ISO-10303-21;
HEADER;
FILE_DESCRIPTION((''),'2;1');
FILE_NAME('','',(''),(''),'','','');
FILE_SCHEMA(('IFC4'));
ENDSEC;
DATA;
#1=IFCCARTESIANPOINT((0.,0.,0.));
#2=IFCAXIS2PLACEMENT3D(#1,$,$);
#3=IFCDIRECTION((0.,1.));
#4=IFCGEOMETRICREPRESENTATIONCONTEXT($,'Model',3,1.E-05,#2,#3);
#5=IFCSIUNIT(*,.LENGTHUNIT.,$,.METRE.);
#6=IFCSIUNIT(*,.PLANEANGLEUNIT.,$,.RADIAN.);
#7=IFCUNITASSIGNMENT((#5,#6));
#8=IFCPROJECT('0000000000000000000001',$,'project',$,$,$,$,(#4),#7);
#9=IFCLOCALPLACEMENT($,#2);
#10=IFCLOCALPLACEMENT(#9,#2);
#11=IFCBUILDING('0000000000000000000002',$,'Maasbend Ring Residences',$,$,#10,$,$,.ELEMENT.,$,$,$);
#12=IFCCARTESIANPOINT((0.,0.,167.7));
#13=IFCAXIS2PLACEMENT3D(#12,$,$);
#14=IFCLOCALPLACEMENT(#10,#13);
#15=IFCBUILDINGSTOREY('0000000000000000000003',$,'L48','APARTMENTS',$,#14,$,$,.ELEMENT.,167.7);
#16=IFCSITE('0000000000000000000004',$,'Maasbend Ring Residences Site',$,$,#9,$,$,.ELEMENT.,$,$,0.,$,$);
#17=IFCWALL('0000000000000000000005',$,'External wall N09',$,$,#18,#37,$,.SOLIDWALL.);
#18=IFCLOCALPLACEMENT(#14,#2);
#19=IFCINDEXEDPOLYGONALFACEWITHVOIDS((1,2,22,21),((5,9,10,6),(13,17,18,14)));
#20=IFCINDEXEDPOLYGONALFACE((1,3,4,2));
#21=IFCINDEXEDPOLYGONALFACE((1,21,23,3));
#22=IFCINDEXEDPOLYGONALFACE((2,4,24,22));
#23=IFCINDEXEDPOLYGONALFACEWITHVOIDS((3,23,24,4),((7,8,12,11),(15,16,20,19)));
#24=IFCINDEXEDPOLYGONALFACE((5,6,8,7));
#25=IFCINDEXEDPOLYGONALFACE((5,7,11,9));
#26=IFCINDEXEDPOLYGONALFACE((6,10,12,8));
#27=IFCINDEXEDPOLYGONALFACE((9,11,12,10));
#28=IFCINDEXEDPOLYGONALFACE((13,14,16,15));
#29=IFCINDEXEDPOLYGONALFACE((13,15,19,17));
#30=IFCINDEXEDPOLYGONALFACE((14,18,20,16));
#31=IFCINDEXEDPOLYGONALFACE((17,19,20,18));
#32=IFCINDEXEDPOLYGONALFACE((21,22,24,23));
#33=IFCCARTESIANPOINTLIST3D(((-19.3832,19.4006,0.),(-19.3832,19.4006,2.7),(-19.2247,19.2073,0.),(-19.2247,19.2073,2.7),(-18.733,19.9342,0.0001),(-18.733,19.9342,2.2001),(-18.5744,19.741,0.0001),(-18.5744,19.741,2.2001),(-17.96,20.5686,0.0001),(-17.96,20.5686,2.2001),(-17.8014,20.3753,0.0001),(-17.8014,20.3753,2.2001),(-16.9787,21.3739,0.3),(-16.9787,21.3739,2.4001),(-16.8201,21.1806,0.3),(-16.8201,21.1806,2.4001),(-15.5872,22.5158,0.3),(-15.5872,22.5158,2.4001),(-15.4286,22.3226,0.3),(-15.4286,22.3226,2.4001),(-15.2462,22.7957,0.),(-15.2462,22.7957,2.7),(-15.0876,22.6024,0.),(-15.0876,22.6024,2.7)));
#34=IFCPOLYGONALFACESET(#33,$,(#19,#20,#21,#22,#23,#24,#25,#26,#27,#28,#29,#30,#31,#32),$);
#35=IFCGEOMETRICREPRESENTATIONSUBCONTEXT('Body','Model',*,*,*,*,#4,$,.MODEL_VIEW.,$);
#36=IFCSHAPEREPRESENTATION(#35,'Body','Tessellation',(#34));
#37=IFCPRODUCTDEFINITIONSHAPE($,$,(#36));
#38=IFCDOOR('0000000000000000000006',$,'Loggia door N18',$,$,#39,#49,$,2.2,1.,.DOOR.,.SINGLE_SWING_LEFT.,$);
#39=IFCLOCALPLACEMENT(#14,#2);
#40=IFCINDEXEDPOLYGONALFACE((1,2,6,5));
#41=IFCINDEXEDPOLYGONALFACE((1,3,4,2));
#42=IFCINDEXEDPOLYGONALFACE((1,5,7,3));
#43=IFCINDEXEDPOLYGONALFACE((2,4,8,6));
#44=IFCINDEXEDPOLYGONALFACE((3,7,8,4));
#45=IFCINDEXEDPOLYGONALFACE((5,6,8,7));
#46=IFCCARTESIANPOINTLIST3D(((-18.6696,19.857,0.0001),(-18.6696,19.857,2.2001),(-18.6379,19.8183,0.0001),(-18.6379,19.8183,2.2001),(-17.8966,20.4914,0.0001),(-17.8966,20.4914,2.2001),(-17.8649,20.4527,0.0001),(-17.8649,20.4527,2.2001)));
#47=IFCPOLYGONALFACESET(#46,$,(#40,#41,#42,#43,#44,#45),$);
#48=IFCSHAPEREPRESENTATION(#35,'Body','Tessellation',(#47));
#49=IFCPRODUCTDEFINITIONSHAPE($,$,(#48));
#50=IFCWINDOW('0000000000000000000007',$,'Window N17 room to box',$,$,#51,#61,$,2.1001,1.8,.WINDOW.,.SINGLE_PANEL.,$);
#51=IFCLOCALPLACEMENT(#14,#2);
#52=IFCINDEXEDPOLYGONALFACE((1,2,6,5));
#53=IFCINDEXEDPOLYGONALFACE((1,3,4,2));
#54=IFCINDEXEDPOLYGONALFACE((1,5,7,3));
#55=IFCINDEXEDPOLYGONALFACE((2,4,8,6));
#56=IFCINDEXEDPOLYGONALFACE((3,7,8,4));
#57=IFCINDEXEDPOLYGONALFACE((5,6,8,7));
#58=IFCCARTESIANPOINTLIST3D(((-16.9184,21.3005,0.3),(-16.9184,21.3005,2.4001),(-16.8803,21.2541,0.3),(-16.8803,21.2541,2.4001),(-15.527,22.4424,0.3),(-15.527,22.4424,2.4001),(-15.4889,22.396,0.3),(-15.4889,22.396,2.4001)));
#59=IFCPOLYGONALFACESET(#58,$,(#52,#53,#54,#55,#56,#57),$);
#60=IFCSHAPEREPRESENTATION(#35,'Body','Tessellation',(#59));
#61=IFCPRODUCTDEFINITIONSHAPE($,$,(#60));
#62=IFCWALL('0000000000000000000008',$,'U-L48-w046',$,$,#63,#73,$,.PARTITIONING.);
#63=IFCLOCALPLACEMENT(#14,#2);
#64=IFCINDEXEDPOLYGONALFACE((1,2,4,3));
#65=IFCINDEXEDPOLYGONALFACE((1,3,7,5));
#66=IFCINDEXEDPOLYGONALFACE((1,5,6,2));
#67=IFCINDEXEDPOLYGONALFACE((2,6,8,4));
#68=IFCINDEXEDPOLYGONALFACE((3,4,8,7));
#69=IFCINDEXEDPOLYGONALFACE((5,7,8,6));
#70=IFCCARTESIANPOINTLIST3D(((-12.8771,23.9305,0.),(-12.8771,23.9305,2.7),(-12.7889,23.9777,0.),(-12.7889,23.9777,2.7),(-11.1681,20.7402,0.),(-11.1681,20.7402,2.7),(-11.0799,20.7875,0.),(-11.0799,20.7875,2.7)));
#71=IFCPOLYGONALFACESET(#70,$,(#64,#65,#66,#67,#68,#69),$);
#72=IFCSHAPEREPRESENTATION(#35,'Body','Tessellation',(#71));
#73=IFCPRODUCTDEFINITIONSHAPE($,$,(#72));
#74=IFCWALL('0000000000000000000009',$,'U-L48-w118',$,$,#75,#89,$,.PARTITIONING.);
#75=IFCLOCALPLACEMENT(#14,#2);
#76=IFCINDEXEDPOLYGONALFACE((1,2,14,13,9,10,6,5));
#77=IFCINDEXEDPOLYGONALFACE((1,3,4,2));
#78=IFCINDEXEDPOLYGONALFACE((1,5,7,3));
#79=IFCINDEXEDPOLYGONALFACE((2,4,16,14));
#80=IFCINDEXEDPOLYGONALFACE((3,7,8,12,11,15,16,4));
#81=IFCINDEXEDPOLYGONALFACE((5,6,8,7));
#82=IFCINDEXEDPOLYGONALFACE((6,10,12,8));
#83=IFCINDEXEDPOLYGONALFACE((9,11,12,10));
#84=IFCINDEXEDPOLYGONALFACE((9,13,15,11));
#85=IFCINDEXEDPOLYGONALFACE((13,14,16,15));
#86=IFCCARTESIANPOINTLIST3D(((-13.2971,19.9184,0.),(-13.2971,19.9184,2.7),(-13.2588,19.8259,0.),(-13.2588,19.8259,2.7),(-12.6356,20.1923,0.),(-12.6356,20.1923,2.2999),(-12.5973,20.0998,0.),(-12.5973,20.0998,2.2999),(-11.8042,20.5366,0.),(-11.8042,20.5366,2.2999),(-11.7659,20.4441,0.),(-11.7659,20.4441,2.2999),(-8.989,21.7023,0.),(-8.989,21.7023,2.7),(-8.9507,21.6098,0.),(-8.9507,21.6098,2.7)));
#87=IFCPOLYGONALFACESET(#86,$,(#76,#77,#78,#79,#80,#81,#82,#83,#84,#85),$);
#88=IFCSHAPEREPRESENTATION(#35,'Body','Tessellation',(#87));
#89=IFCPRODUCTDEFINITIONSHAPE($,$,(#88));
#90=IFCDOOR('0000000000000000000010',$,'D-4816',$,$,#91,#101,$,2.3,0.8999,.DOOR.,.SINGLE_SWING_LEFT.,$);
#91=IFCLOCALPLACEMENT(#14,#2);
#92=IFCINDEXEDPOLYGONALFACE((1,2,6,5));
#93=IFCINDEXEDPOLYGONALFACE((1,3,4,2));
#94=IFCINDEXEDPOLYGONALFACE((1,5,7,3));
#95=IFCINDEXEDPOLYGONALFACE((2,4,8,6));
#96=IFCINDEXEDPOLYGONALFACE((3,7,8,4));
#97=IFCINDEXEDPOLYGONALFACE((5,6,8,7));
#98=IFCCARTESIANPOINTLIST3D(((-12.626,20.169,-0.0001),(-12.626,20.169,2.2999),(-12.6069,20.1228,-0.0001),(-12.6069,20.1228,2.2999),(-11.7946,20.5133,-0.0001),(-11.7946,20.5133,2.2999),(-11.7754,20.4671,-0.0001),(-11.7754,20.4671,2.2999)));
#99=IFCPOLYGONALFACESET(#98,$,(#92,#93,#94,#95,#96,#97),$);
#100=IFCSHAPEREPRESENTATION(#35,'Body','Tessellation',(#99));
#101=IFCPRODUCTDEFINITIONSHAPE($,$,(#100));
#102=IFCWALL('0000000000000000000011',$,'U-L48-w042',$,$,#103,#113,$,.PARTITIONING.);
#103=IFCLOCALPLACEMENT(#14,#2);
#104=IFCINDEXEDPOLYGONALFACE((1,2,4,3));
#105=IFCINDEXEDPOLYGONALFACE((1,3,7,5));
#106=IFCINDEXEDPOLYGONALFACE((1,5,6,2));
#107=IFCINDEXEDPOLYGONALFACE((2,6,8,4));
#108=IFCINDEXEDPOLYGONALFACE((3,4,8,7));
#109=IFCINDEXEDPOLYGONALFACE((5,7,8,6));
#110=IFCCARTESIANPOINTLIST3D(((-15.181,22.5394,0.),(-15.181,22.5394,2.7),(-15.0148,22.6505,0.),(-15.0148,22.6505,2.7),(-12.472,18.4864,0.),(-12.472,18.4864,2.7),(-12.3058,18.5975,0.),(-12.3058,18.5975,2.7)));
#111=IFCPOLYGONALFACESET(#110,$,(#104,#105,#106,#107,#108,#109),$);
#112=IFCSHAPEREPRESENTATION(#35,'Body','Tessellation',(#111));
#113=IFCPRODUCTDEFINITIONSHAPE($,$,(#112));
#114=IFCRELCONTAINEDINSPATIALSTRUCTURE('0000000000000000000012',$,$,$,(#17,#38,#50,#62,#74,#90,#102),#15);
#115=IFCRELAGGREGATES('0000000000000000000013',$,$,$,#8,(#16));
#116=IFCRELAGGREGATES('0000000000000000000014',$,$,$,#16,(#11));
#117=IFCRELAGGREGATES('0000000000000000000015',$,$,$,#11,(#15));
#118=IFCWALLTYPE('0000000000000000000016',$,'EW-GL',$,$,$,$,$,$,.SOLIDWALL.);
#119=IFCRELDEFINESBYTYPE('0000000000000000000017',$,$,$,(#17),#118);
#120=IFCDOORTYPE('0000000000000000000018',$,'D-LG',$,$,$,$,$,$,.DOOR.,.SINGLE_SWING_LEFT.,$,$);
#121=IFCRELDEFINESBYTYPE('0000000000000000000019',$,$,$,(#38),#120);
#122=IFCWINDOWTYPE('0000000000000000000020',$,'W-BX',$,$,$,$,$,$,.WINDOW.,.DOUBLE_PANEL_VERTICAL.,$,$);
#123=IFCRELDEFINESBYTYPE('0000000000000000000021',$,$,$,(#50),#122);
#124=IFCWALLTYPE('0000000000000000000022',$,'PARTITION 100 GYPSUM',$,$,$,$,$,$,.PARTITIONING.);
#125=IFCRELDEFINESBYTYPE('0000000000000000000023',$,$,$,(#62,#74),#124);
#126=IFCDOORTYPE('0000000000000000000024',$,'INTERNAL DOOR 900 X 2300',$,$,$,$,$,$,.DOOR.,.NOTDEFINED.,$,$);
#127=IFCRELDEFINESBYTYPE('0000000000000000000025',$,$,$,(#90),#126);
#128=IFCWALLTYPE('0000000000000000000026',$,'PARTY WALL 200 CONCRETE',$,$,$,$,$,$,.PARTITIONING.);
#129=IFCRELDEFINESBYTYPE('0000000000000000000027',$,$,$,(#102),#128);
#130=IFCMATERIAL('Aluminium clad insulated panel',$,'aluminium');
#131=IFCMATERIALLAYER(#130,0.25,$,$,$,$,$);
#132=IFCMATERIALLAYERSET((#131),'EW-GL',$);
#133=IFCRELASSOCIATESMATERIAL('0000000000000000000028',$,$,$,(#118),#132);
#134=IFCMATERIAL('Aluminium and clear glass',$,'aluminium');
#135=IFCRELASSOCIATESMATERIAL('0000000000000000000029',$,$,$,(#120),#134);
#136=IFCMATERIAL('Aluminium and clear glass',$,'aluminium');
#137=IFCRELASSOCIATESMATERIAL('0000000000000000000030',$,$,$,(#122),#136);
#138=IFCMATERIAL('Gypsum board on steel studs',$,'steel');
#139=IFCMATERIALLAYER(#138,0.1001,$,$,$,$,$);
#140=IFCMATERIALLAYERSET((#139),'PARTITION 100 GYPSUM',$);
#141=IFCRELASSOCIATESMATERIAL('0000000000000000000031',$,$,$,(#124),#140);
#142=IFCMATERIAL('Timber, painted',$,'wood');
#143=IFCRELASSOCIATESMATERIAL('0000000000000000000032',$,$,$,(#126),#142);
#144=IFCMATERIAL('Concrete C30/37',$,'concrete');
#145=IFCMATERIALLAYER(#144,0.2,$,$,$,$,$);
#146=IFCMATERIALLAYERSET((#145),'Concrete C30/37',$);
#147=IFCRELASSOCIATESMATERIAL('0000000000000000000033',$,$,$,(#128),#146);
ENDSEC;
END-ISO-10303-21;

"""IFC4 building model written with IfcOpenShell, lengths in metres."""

from ifc_helpers import new_model, si_unit, direction, frame, frame_2d, origin, place, context, subcontext, project, spatial, rectangle, extrude, material, layer, layer_set, type_object, element, fill, save


model = new_model("IFC4")

# Units and contexts
model_context = context("Model", 3, precision=1e-05, world=origin(), true_north=direction((0.0, 1.0)))
body_context = subcontext(model_context, "Body", "Model", "MODEL_VIEW")
ifc_project = project(units=[si_unit("LENGTHUNIT", "METRE"), si_unit("PLANEANGLEUNIT", "RADIAN")], contexts=[model_context])

# Site, building, storey
site_placement = place(None, origin())
site = spatial("IfcSite", under=ifc_project, at=site_placement, Name="Maasbend Ring Residences Site", CompositionType="ELEMENT", RefElevation=0.0)
building_placement = place(site_placement, origin())
building = spatial("IfcBuilding", under=site, at=building_placement, Name="Maasbend Ring Residences", CompositionType="ELEMENT")
storey_placement = place(building_placement, frame((0.0, 0.0, 167.7)))
storey = spatial("IfcBuildingStorey", under=building, at=storey_placement, Name="L48", Description="APARTMENTS", CompositionType="ELEMENT", Elevation=167.7)

# Wall, openings, door, window
ifc_material_1 = material(Name="Aluminium clad insulated panel", Category="aluminium")
ifc_layer_1 = layer(ifc_material_1, 0.25)
ifc_layer_set_1 = layer_set([ifc_layer_1], Name="EW-GL")
wall_type_1 = type_object("IfcWallType", Name="EW-GL", PredefinedType="SOLIDWALL", material=ifc_layer_set_1)
wall_1_placement = place(storey_placement, frame((-15.167, 22.699, 0.0), z_axis=(0.0, 0.0, 1.0), x_axis=(-0.773019, -0.634382, 0.0)))
wall_1 = element("IfcWall", 1, at=wall_1_placement, inside=storey, type_object=wall_type_1, Name="External wall N09", PredefinedType="SOLIDWALL", context=body_context, shape_type="SweptSolid", body=[
    extrude(rectangle(XDim=5.3518, YDim=0.25, at=frame_2d((2.6758, 0.0))), origin(), (0.0, 0.0, 1.0), 2.7),
])
opening_1_placement = place(wall_1_placement, frame((0.4412, 0.0, 0.3)))
opening_1 = element("IfcOpeningElement", 2, at=opening_1_placement, cuts=wall_1, PredefinedType="OPENING", context=body_context, shape_type="SweptSolid", body=[
    extrude(rectangle(XDim=1.8, YDim=2.1001, at=frame_2d((0.8999, 1.05))), frame((0.0, 0.135, 0.0), z_axis=(0.0, -1.0, 0.0), x_axis=(1.0, 0.0, 0.0)), (0.0, 0.0, 1.0), 0.27),
])
opening_2_placement = place(wall_1_placement, frame((3.5105, 0.0, 0.0)))
opening_2 = element("IfcOpeningElement", 3, at=opening_2_placement, cuts=wall_1, PredefinedType="OPENING", context=body_context, shape_type="SweptSolid", body=[
    extrude(rectangle(XDim=1.0, YDim=2.2, at=frame_2d((0.5, 1.1001))), frame((0.0, 0.135, 0.0), z_axis=(0.0, -1.0, 0.0), x_axis=(1.0, 0.0, 0.0)), (0.0, 0.0, 1.0), 0.27),
])
ifc_material_2 = material(Name="Aluminium and clear glass", Category="aluminium")
door_type_1 = type_object("IfcDoorType", Name="D-LG", OperationType="SINGLE_SWING_LEFT", PredefinedType="DOOR", material=ifc_material_2)
door_1_placement = place(opening_2_placement, origin())
door_1 = element("IfcDoor", 4, at=door_1_placement, inside=storey, type_object=door_type_1, Name="Loggia door N18", OperationType="SINGLE_SWING_LEFT", OverallHeight=2.2, OverallWidth=1.0, PredefinedType="DOOR", context=body_context, shape_type="SweptSolid", body=[
    extrude(rectangle(XDim=1.0, YDim=2.2, at=frame_2d((0.5, 1.1001))), frame((0.0, 0.0249, 0.0), z_axis=(0.0, -1.0, 0.0), x_axis=(1.0, 0.0, 0.0)), (0.0, 0.0, 1.0), 0.05),
])
fill(opening_2, door_1)
ifc_material_3 = material(Name="Aluminium and clear glass", Category="aluminium")
window_type_1 = type_object("IfcWindowType", Name="W-BX", PartitioningType="DOUBLE_PANEL_VERTICAL", PredefinedType="WINDOW", material=ifc_material_3)
window_1_placement = place(opening_1_placement, origin())
window_1 = element("IfcWindow", 5, at=window_1_placement, inside=storey, type_object=window_type_1, Name="Window N17 room to box", OverallHeight=2.1001, OverallWidth=1.8, PartitioningType="SINGLE_PANEL", PredefinedType="WINDOW", context=body_context, shape_type="SweptSolid", body=[
    extrude(rectangle(XDim=1.8, YDim=2.1001, at=frame_2d((0.8999, 1.05))), frame((0.0, 0.03, 0.0), z_axis=(0.0, -1.0, 0.0), x_axis=(1.0, 0.0, 0.0)), (0.0, 0.0, 1.0), 0.0601),
])
fill(opening_1, window_1)

# Wall
ifc_material_4 = material(Name="Gypsum board on steel studs", Category="steel")
ifc_layer_2 = layer(ifc_material_4, 0.1001)
ifc_layer_set_2 = layer_set([ifc_layer_2], Name="PARTITION 100 GYPSUM")
wall_type_2 = type_object("IfcWallType", Name="PARTITION 100 GYPSUM", PredefinedType="PARTITIONING", material=ifc_layer_set_2)
wall_2_placement = place(storey_placement, frame((-12.833, 23.9541, 0.0), z_axis=(0.0, 0.0, 1.0), x_axis=(0.472212, -0.881485, 0.0)))
element("IfcWall", 6, at=wall_2_placement, inside=storey, type_object=wall_type_2, Name="U-L48-w046", PredefinedType="PARTITIONING", context=body_context, shape_type="SweptSolid", body=[
    extrude(rectangle(XDim=3.6191, YDim=0.1001, at=frame_2d((1.8096, 0.0))), origin(), (0.0, 0.0, 1.0), 2.7),
])

# Wall, opening, door
wall_3_placement = place(storey_placement, frame((-13.2781, 19.8721, 0.0), z_axis=(0.0, 0.0, 1.0), x_axis=(0.92392, 0.382585, 0.0)))
wall_3 = element("IfcWall", 7, at=wall_3_placement, inside=storey, type_object=wall_type_2, Name="U-L48-w118", PredefinedType="PARTITIONING", context=body_context, shape_type="SweptSolid", body=[
    extrude(rectangle(XDim=4.6628, YDim=0.1001, at=frame_2d((2.3315, 0.0))), origin(), (0.0, 0.0, 1.0), 2.7),
])
opening_3_placement = place(wall_3_placement, frame((0.7161, 0.0, 0.0)))
opening_3 = element("IfcOpeningElement", 8, at=opening_3_placement, cuts=wall_3, PredefinedType="OPENING", context=body_context, shape_type="SweptSolid", body=[
    extrude(rectangle(XDim=0.8999, YDim=2.3, at=frame_2d((0.45, 1.1499))), frame((0.0, 0.0601, 0.0), z_axis=(0.0, -1.0, 0.0), x_axis=(1.0, 0.0, 0.0)), (0.0, 0.0, 1.0), 0.1201),
])
ifc_material_5 = material(Name="Timber, painted", Category="wood")
door_type_2 = type_object("IfcDoorType", Name="INTERNAL DOOR 900 X 2300", OperationType="NOTDEFINED", PredefinedType="DOOR", material=ifc_material_5)
door_2_placement = place(opening_3_placement, origin())
door_2 = element("IfcDoor", 9, at=door_2_placement, inside=storey, type_object=door_type_2, Name="D-4816", OperationType="SINGLE_SWING_LEFT", OverallHeight=2.3, OverallWidth=0.8999, PredefinedType="DOOR", context=body_context, shape_type="SweptSolid", body=[
    extrude(rectangle(XDim=0.8999, YDim=2.3, at=frame_2d((0.45, 1.1499))), frame((0.0, 0.0249, 0.0), z_axis=(0.0, -1.0, 0.0), x_axis=(1.0, 0.0, 0.0)), (0.0, 0.0, 1.0), 0.05),
])
fill(opening_3, door_2)

# Wall
ifc_material_6 = material(Name="Concrete C30/37", Category="concrete")
ifc_layer_3 = layer(ifc_material_6, 0.2)
ifc_layer_set_3 = layer_set([ifc_layer_3], Name="Concrete C30/37")
wall_type_3 = type_object("IfcWallType", Name="PARTY WALL 200 CONCRETE", PredefinedType="PARTITIONING", material=ifc_layer_set_3)
wall_4_placement = place(storey_placement, frame((-15.0979, 22.595, 0.0), z_axis=(0.0, 0.0, 1.0), x_axis=(0.555694, -0.831387, 0.0)))
element("IfcWall", 10, at=wall_4_placement, inside=storey, type_object=wall_type_3, Name="U-L48-w042", PredefinedType="PARTITIONING", context=body_context, shape_type="SweptSolid", body=[
    extrude(rectangle(XDim=4.875, YDim=0.2, at=frame_2d((2.4375, 0.0))), origin(), (0.0, 0.0, 1.0), 2.7),
])

save(model, "model.ifc")
